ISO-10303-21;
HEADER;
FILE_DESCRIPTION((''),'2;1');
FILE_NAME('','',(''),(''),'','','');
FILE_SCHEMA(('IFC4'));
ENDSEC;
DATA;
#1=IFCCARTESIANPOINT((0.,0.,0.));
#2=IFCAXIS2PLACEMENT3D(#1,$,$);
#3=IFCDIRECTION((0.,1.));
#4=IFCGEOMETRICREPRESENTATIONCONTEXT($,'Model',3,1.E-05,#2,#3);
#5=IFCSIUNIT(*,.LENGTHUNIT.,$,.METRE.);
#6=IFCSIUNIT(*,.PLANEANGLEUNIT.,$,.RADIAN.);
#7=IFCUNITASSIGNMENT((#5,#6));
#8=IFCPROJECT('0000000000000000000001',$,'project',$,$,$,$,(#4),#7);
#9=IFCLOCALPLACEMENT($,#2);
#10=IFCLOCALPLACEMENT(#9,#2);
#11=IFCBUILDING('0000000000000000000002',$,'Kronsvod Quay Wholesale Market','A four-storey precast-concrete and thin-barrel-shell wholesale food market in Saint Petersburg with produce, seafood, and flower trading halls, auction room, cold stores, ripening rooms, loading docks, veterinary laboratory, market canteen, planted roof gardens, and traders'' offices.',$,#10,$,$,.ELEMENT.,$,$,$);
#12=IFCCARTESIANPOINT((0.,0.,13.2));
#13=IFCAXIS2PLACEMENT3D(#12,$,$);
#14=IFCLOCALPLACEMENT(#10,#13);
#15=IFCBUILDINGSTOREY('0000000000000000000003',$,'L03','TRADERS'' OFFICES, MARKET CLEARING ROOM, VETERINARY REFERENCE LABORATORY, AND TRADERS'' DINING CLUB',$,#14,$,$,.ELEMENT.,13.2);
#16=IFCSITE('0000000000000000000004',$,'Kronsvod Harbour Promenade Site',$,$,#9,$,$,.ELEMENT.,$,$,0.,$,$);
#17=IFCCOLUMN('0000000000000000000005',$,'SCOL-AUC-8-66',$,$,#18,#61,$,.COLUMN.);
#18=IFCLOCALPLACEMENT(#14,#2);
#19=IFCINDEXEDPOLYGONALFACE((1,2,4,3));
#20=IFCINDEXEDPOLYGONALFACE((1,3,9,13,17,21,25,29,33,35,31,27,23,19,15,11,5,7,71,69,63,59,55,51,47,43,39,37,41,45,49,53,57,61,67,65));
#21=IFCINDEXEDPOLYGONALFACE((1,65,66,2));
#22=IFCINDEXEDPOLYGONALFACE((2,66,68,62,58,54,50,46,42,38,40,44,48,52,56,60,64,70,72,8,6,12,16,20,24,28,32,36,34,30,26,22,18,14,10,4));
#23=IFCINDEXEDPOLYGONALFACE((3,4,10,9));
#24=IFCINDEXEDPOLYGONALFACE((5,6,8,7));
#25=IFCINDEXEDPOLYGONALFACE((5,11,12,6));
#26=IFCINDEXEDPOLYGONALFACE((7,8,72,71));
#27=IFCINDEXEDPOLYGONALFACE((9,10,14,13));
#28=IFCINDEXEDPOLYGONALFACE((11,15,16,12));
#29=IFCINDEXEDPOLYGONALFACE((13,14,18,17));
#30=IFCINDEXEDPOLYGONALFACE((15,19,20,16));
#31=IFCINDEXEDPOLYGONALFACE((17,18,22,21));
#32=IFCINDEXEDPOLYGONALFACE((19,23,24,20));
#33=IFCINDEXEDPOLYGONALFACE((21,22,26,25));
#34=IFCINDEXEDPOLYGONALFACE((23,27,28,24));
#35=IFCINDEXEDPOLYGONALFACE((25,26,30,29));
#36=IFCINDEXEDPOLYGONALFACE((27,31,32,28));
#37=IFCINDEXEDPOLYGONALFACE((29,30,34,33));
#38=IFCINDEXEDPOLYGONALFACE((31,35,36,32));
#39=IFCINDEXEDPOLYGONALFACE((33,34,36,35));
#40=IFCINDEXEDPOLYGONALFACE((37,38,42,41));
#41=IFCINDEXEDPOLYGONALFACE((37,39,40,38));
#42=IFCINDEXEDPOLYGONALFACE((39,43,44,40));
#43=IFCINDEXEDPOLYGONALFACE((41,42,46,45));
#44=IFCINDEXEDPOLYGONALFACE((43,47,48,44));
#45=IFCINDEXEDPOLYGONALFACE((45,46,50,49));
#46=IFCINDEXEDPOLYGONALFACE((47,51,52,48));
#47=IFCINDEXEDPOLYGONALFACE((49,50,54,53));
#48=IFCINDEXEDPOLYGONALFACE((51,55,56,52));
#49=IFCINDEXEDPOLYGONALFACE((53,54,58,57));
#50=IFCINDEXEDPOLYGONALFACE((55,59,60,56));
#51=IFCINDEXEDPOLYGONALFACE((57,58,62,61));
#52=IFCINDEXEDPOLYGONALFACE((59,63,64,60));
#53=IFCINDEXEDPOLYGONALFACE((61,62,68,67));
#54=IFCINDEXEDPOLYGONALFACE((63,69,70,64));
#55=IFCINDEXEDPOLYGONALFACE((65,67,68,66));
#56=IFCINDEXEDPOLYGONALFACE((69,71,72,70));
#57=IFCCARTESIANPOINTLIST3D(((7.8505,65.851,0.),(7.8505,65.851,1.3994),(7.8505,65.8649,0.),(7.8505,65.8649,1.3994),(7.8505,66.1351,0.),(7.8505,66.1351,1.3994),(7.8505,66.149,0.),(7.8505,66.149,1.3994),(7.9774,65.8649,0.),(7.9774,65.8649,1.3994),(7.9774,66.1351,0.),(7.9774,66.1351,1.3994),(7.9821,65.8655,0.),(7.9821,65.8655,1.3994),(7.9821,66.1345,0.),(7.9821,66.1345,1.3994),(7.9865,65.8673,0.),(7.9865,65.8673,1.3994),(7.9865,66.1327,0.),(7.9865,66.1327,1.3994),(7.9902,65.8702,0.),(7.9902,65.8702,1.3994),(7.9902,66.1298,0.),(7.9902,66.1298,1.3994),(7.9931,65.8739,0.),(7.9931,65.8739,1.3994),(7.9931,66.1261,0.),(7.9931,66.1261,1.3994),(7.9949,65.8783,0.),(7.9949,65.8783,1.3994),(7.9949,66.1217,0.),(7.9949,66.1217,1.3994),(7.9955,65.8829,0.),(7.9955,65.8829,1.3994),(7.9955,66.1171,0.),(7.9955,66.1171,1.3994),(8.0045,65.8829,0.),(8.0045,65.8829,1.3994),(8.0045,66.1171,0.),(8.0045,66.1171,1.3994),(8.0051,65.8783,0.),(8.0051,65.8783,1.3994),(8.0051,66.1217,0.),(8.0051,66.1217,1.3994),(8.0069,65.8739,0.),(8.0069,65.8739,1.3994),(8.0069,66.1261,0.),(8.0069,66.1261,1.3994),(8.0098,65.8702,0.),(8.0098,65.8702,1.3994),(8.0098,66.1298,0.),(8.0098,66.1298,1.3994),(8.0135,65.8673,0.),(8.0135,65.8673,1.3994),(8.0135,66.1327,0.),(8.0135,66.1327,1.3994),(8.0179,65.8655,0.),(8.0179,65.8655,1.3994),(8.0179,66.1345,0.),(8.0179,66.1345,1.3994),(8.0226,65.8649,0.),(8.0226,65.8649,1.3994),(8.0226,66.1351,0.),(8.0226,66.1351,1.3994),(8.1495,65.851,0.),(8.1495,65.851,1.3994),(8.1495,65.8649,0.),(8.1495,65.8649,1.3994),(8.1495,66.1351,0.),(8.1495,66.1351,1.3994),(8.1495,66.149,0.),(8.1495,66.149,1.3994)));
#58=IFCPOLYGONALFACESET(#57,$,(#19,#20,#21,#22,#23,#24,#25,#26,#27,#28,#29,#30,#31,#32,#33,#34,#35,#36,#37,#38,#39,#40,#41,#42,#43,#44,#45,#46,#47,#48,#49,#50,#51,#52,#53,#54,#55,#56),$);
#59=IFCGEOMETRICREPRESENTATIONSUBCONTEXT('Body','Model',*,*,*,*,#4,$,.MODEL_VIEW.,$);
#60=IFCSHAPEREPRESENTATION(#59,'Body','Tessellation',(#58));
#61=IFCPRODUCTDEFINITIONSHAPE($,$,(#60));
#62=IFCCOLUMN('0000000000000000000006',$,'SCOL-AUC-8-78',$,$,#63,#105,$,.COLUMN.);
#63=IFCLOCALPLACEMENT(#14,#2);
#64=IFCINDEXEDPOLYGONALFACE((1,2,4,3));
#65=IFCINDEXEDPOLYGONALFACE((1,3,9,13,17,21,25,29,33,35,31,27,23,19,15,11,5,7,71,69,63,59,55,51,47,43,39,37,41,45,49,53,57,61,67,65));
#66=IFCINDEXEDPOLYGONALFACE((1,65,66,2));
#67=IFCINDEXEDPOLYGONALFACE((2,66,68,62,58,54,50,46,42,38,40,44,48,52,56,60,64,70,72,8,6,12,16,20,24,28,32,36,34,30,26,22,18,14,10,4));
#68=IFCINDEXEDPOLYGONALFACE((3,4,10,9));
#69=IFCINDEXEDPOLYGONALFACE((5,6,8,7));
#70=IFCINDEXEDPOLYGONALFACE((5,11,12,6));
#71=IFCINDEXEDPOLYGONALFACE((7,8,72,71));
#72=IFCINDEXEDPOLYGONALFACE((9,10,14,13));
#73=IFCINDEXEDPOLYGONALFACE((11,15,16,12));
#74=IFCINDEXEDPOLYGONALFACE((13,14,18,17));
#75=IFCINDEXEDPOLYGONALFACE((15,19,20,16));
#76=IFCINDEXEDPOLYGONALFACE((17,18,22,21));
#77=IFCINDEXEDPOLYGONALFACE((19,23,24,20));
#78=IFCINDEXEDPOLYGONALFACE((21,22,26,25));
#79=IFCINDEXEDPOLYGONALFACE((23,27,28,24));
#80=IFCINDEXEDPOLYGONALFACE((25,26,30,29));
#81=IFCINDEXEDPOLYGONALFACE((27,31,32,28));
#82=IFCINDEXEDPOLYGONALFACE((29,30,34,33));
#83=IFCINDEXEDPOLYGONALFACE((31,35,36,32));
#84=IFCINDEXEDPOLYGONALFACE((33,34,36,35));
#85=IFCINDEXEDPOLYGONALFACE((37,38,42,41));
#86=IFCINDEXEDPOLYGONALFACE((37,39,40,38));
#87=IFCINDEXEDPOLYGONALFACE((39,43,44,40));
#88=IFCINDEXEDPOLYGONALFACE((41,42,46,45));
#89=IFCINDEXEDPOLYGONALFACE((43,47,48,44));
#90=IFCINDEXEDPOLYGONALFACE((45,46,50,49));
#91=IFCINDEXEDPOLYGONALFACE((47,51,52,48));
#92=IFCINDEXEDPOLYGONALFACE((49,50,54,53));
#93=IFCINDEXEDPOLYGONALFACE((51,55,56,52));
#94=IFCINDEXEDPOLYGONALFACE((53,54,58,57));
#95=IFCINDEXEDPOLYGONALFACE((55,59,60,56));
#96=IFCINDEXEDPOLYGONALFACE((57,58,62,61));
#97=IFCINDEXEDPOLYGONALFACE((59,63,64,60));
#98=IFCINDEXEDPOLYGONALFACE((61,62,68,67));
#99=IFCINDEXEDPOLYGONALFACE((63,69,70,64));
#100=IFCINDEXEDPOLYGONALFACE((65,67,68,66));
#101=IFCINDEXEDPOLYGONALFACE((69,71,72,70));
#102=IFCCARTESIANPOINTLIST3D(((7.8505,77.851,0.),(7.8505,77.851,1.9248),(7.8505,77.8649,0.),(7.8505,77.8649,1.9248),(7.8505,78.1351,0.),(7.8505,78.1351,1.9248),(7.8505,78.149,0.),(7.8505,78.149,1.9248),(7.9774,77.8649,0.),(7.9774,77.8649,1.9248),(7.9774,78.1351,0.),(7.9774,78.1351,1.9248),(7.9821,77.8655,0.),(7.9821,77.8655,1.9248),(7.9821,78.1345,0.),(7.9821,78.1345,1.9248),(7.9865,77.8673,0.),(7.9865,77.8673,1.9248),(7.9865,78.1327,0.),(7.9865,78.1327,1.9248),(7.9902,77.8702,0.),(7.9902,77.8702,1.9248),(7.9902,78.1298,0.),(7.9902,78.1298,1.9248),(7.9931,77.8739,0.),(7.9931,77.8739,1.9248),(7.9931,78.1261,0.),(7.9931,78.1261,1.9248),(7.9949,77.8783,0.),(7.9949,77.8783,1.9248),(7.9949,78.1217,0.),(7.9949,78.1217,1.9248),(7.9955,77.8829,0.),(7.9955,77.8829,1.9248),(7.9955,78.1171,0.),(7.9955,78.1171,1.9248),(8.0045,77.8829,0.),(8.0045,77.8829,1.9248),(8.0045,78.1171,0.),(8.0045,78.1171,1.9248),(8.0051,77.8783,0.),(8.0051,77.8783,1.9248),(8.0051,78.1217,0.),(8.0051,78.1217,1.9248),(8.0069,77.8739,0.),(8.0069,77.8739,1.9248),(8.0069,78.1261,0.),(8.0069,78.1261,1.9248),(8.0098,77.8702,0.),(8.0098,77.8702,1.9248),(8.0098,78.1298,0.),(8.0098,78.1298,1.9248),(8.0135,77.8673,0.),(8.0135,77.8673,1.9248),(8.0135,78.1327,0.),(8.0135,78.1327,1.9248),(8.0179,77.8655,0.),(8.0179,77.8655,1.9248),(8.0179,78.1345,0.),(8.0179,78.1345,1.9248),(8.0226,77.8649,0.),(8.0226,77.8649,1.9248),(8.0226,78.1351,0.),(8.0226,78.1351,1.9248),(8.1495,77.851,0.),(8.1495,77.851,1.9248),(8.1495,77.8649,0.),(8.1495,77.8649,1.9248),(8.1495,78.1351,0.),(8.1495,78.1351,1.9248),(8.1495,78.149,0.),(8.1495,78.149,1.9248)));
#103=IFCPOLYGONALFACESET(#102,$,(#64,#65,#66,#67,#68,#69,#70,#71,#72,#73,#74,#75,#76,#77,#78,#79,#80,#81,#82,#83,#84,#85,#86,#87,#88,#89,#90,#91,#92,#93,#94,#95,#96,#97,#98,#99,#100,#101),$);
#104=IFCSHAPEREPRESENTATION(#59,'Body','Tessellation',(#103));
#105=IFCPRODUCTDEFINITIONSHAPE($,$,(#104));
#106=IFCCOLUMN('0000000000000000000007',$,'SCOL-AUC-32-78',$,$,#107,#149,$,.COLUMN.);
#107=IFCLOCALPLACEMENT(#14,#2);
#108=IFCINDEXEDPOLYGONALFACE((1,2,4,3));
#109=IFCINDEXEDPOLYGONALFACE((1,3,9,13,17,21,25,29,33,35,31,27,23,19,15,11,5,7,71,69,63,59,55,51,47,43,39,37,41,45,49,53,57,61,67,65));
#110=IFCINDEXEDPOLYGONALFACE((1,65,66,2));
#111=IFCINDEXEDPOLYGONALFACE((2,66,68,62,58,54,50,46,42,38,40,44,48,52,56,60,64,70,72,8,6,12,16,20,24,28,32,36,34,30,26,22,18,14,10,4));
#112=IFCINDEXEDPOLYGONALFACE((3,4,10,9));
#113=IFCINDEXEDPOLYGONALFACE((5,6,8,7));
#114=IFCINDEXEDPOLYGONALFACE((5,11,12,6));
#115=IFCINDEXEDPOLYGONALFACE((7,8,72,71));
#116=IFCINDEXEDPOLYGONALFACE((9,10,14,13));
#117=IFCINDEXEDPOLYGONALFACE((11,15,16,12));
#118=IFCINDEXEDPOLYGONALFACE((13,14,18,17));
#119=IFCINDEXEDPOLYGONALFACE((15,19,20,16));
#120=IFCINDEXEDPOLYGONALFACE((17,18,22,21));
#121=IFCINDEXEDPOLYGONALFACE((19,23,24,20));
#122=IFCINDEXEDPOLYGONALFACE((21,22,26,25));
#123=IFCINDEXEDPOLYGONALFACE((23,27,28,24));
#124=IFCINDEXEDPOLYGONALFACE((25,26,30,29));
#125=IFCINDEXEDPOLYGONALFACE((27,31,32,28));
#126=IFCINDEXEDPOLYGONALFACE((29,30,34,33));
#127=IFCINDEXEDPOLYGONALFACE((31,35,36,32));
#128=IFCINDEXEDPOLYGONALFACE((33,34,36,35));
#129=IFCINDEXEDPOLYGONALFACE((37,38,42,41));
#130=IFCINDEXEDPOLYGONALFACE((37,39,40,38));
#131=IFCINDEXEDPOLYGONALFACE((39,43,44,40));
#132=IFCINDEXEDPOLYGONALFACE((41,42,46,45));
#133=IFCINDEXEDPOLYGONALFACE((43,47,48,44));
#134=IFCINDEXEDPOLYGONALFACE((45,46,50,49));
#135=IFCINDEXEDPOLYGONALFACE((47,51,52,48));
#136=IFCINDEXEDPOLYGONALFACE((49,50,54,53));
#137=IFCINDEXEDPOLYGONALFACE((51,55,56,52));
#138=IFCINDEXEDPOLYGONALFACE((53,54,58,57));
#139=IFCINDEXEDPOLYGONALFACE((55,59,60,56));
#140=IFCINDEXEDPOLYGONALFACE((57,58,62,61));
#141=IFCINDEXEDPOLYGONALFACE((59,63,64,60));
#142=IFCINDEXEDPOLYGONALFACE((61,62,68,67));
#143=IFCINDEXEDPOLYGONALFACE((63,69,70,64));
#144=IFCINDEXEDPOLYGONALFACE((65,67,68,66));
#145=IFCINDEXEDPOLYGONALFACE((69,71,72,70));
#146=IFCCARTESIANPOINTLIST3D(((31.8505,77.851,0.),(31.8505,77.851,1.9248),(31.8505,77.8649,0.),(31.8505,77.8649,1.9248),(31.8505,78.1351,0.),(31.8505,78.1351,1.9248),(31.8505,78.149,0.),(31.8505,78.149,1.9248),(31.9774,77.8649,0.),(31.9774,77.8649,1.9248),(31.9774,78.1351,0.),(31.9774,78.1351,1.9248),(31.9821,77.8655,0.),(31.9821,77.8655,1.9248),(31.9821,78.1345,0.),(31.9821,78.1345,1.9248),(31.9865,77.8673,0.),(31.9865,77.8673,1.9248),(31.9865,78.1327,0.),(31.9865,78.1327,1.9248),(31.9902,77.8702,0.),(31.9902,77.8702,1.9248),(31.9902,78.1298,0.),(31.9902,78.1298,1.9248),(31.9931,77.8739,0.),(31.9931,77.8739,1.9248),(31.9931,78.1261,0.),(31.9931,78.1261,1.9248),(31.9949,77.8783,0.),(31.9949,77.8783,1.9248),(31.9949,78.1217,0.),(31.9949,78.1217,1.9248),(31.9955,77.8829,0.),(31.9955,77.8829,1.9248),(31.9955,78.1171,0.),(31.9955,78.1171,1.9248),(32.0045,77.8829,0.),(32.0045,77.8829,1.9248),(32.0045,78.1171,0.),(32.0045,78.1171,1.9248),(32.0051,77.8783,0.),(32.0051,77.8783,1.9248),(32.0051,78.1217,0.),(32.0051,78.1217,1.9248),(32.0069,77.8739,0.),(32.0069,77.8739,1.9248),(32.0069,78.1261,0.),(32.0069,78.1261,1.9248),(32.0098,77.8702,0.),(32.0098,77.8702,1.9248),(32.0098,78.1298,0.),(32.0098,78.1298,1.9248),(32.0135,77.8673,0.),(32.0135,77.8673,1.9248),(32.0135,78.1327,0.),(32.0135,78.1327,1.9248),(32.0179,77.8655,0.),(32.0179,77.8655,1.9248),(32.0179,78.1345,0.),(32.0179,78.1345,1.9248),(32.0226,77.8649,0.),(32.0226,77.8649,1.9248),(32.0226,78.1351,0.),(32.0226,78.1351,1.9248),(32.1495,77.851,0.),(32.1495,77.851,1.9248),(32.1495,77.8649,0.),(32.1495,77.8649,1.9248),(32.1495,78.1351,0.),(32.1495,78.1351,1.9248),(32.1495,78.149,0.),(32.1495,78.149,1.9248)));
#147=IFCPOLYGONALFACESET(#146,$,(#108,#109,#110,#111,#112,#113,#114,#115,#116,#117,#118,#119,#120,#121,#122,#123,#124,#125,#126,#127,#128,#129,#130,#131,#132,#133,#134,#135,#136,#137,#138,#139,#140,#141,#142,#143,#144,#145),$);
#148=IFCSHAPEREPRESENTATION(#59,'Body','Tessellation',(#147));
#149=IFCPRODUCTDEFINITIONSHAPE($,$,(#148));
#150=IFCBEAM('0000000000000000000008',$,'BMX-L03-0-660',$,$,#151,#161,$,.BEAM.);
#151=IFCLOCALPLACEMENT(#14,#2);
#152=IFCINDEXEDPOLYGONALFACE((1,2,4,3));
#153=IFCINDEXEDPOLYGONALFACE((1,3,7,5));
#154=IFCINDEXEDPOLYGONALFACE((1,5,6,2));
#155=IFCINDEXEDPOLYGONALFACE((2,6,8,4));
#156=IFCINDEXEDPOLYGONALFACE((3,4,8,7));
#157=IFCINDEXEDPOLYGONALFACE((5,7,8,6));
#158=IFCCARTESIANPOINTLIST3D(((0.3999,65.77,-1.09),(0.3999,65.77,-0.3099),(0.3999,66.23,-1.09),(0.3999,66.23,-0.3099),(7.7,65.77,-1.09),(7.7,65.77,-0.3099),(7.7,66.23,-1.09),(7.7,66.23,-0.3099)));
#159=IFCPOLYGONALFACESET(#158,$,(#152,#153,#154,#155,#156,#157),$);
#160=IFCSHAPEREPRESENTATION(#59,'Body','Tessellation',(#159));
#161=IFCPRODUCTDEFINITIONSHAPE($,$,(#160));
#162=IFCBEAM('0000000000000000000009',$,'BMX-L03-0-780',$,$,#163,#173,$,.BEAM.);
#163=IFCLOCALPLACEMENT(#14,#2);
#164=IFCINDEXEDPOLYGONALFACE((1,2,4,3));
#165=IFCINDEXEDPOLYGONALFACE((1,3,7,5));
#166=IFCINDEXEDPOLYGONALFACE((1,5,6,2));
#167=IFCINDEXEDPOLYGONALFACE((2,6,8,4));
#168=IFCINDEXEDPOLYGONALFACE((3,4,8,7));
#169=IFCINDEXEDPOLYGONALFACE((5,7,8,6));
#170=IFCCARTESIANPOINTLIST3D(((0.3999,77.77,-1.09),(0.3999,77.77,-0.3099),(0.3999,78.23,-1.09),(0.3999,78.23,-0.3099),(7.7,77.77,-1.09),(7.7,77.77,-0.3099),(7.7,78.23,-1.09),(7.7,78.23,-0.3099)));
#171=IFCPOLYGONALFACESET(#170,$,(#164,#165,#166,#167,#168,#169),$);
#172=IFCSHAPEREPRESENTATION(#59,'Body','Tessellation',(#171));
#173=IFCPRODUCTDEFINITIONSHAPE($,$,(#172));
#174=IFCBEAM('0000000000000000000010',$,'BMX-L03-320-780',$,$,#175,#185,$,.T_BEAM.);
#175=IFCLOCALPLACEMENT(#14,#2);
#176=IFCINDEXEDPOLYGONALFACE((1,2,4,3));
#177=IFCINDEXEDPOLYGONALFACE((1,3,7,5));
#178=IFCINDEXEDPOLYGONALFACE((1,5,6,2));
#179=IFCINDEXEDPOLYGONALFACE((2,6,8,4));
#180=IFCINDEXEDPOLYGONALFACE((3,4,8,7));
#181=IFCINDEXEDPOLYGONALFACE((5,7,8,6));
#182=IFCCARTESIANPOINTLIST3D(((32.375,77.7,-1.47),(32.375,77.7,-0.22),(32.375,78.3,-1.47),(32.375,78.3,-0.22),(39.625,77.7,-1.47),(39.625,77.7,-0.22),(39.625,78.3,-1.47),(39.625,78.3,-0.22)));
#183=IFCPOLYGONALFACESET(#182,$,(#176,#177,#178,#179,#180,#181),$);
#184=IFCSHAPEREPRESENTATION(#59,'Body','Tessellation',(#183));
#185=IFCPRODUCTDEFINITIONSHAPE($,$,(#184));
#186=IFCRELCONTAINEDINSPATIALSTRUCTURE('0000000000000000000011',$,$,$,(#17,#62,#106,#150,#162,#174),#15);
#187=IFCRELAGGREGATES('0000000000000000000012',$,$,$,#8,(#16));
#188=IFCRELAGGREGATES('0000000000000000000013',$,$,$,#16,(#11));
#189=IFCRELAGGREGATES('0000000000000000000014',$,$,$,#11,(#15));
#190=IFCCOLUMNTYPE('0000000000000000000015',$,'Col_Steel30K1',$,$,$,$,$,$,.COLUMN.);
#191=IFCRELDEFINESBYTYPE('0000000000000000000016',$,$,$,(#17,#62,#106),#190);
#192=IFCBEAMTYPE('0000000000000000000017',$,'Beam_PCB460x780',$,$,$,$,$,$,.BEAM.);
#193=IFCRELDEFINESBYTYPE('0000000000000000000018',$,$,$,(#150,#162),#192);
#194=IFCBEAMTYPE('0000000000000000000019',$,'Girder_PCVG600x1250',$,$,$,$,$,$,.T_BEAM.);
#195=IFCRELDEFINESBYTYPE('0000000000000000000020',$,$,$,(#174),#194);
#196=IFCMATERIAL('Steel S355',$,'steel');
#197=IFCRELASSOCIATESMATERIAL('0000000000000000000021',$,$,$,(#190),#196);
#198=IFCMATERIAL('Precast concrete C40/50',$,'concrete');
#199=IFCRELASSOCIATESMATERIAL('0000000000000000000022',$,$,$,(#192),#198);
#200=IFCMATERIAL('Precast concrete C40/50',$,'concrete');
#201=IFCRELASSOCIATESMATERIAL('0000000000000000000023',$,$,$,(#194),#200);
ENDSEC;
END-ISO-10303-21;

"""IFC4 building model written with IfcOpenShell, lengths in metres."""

from ifc_helpers import new_model, si_unit, direction, frame, origin, origin_2d, place, context, subcontext, project, spatial, rectangle, i_section, extrude, material, material_profile, profile_set, type_object, element, save


model = new_model("IFC4")

# Units and contexts
model_context = context("Model", 3, precision=1e-05, world=origin(), true_north=direction((0.0, 1.0)))
body_context = subcontext(model_context, "Body", "Model", "MODEL_VIEW")
ifc_project = project(units=[si_unit("LENGTHUNIT", "METRE"), si_unit("PLANEANGLEUNIT", "RADIAN")], contexts=[model_context])

# Site, building, storey
site_placement = place(None, origin())
site = spatial("IfcSite", under=ifc_project, at=site_placement, Name="Kronsvod Harbour Promenade Site", CompositionType="ELEMENT", RefElevation=0.0)
building_placement = place(site_placement, origin())
building = spatial("IfcBuilding", under=site, at=building_placement, Name="Kronsvod Quay Wholesale Market", Description="A four-storey precast-concrete and thin-barrel-shell wholesale food market in Saint Petersburg with produce, seafood, and flower trading halls, auction room, cold stores, ripening rooms, loading docks, veterinary laboratory, market canteen, planted roof gardens, and traders' offices.", CompositionType="ELEMENT")
storey_placement = place(building_placement, frame((0.0, 0.0, 13.2)))
storey = spatial("IfcBuildingStorey", under=building, at=storey_placement, Name="L03", Description="TRADERS' OFFICES, MARKET CLEARING ROOM, VETERINARY REFERENCE LABORATORY, AND TRADERS' DINING CLUB", CompositionType="ELEMENT", Elevation=13.2)

# Columns
ifc_material_1 = material(Name="Steel S355", Category="steel")
ifc_material_profile_1 = material_profile(ifc_material_1, i_section(OverallWidth=0.2991, OverallDepth=0.2981, WebThickness=0.009, FlangeThickness=0.0139, FilletRadius=0.0181, at=origin_2d()), Name="30K1")
ifc_profile_set_1 = profile_set([ifc_material_profile_1], Name="Steel S355")
column_type = type_object("IfcColumnType", Name="Col_Steel30K1", PredefinedType="COLUMN", material=ifc_profile_set_1)
column_placement = place(storey_placement, frame((8.0, 66.0, 0.0), z_axis=(0.0, 0.0, 1.0), x_axis=(1.0, 0.0, 0.0)))
element("IfcColumn", 1, at=column_placement, inside=storey, type_object=column_type, Name="SCOL-AUC-8-66", PredefinedType="COLUMN", context=body_context, shape_type="SweptSolid", body=[
    extrude(i_section(OverallWidth=0.2991, OverallDepth=0.2981, WebThickness=0.009, FlangeThickness=0.0139, FilletRadius=0.0181, at=origin_2d()), origin(), (0.0, 0.0, 1.0), 1.3994),
])
for number, where, z_axis, x_axis, name in (
    (2, (8.0, 78.0, 0.0), (0.0, 0.0, 1.0), (1.0, 0.0, 0.0), "SCOL-AUC-8-78"),
    (3, (32.0, 78.0, 0.0), (0.0, 0.0, 1.0), (1.0, 0.0, 0.0), "SCOL-AUC-32-78"),
):
    element("IfcColumn", number, at=place(storey_placement, frame(where, z_axis=z_axis, x_axis=x_axis)), inside=storey, type_object=column_type, Name=name, PredefinedType="COLUMN", context=body_context, shape_type="SweptSolid", body=[
        extrude(i_section(OverallWidth=0.2991, OverallDepth=0.2981, WebThickness=0.009, FlangeThickness=0.0139, FilletRadius=0.0181, at=origin_2d()), origin(), (0.0, 0.0, 1.0), 1.9248),
    ])

# Beams
ifc_material_2 = material(Name="Precast concrete C40/50", Category="concrete")
ifc_material_profile_2 = material_profile(ifc_material_2, rectangle(XDim=0.46, YDim=0.78, at=origin_2d()), Name="PB-03")
ifc_profile_set_2 = profile_set([ifc_material_profile_2], Name="Precast concrete C40/50")
beam_type_1 = type_object("IfcBeamType", Name="Beam_PCB460x780", PredefinedType="BEAM", material=ifc_profile_set_2)
for number, where, z_axis, x_axis, name in (
    (4, (0.3999, 66.0, -0.7), (1.0, 0.0, 0.0), (0.0, 1.0, 0.0), "BMX-L03-0-660"),
    (5, (0.3999, 78.0, -0.7), (1.0, 0.0, 0.0), (0.0, 1.0, 0.0), "BMX-L03-0-780"),
):
    element("IfcBeam", number, at=place(storey_placement, frame(where, z_axis=z_axis, x_axis=x_axis)), inside=storey, type_object=beam_type_1, Name=name, PredefinedType="BEAM", context=body_context, shape_type="SweptSolid", body=[
        extrude(rectangle(XDim=0.46, YDim=0.78, at=origin_2d()), origin(), (0.0, 0.0, 1.0), 7.3),
    ])
ifc_material_3 = material(Name="Precast concrete C40/50", Category="concrete")
ifc_material_profile_3 = material_profile(ifc_material_3, rectangle(XDim=0.6001, YDim=1.25, at=origin_2d()), Name="PCVG600x1250")
ifc_profile_set_3 = profile_set([ifc_material_profile_3], Name="Precast concrete C40/50")
beam_type_2 = type_object("IfcBeamType", Name="Girder_PCVG600x1250", PredefinedType="T_BEAM", material=ifc_profile_set_3)
beam_1_placement = place(storey_placement, frame((32.375, 78.0, -0.845), z_axis=(1.0, 0.0, 0.0), x_axis=(0.0, 1.0, 0.0)))
element("IfcBeam", 6, at=beam_1_placement, inside=storey, type_object=beam_type_2, Name="BMX-L03-320-780", PredefinedType="T_BEAM", context=body_context, shape_type="SweptSolid", body=[
    extrude(rectangle(XDim=0.6001, YDim=1.25, at=origin_2d()), origin(), (0.0, 0.0, 1.0), 7.25),
])

save(model, "model.ifc")
